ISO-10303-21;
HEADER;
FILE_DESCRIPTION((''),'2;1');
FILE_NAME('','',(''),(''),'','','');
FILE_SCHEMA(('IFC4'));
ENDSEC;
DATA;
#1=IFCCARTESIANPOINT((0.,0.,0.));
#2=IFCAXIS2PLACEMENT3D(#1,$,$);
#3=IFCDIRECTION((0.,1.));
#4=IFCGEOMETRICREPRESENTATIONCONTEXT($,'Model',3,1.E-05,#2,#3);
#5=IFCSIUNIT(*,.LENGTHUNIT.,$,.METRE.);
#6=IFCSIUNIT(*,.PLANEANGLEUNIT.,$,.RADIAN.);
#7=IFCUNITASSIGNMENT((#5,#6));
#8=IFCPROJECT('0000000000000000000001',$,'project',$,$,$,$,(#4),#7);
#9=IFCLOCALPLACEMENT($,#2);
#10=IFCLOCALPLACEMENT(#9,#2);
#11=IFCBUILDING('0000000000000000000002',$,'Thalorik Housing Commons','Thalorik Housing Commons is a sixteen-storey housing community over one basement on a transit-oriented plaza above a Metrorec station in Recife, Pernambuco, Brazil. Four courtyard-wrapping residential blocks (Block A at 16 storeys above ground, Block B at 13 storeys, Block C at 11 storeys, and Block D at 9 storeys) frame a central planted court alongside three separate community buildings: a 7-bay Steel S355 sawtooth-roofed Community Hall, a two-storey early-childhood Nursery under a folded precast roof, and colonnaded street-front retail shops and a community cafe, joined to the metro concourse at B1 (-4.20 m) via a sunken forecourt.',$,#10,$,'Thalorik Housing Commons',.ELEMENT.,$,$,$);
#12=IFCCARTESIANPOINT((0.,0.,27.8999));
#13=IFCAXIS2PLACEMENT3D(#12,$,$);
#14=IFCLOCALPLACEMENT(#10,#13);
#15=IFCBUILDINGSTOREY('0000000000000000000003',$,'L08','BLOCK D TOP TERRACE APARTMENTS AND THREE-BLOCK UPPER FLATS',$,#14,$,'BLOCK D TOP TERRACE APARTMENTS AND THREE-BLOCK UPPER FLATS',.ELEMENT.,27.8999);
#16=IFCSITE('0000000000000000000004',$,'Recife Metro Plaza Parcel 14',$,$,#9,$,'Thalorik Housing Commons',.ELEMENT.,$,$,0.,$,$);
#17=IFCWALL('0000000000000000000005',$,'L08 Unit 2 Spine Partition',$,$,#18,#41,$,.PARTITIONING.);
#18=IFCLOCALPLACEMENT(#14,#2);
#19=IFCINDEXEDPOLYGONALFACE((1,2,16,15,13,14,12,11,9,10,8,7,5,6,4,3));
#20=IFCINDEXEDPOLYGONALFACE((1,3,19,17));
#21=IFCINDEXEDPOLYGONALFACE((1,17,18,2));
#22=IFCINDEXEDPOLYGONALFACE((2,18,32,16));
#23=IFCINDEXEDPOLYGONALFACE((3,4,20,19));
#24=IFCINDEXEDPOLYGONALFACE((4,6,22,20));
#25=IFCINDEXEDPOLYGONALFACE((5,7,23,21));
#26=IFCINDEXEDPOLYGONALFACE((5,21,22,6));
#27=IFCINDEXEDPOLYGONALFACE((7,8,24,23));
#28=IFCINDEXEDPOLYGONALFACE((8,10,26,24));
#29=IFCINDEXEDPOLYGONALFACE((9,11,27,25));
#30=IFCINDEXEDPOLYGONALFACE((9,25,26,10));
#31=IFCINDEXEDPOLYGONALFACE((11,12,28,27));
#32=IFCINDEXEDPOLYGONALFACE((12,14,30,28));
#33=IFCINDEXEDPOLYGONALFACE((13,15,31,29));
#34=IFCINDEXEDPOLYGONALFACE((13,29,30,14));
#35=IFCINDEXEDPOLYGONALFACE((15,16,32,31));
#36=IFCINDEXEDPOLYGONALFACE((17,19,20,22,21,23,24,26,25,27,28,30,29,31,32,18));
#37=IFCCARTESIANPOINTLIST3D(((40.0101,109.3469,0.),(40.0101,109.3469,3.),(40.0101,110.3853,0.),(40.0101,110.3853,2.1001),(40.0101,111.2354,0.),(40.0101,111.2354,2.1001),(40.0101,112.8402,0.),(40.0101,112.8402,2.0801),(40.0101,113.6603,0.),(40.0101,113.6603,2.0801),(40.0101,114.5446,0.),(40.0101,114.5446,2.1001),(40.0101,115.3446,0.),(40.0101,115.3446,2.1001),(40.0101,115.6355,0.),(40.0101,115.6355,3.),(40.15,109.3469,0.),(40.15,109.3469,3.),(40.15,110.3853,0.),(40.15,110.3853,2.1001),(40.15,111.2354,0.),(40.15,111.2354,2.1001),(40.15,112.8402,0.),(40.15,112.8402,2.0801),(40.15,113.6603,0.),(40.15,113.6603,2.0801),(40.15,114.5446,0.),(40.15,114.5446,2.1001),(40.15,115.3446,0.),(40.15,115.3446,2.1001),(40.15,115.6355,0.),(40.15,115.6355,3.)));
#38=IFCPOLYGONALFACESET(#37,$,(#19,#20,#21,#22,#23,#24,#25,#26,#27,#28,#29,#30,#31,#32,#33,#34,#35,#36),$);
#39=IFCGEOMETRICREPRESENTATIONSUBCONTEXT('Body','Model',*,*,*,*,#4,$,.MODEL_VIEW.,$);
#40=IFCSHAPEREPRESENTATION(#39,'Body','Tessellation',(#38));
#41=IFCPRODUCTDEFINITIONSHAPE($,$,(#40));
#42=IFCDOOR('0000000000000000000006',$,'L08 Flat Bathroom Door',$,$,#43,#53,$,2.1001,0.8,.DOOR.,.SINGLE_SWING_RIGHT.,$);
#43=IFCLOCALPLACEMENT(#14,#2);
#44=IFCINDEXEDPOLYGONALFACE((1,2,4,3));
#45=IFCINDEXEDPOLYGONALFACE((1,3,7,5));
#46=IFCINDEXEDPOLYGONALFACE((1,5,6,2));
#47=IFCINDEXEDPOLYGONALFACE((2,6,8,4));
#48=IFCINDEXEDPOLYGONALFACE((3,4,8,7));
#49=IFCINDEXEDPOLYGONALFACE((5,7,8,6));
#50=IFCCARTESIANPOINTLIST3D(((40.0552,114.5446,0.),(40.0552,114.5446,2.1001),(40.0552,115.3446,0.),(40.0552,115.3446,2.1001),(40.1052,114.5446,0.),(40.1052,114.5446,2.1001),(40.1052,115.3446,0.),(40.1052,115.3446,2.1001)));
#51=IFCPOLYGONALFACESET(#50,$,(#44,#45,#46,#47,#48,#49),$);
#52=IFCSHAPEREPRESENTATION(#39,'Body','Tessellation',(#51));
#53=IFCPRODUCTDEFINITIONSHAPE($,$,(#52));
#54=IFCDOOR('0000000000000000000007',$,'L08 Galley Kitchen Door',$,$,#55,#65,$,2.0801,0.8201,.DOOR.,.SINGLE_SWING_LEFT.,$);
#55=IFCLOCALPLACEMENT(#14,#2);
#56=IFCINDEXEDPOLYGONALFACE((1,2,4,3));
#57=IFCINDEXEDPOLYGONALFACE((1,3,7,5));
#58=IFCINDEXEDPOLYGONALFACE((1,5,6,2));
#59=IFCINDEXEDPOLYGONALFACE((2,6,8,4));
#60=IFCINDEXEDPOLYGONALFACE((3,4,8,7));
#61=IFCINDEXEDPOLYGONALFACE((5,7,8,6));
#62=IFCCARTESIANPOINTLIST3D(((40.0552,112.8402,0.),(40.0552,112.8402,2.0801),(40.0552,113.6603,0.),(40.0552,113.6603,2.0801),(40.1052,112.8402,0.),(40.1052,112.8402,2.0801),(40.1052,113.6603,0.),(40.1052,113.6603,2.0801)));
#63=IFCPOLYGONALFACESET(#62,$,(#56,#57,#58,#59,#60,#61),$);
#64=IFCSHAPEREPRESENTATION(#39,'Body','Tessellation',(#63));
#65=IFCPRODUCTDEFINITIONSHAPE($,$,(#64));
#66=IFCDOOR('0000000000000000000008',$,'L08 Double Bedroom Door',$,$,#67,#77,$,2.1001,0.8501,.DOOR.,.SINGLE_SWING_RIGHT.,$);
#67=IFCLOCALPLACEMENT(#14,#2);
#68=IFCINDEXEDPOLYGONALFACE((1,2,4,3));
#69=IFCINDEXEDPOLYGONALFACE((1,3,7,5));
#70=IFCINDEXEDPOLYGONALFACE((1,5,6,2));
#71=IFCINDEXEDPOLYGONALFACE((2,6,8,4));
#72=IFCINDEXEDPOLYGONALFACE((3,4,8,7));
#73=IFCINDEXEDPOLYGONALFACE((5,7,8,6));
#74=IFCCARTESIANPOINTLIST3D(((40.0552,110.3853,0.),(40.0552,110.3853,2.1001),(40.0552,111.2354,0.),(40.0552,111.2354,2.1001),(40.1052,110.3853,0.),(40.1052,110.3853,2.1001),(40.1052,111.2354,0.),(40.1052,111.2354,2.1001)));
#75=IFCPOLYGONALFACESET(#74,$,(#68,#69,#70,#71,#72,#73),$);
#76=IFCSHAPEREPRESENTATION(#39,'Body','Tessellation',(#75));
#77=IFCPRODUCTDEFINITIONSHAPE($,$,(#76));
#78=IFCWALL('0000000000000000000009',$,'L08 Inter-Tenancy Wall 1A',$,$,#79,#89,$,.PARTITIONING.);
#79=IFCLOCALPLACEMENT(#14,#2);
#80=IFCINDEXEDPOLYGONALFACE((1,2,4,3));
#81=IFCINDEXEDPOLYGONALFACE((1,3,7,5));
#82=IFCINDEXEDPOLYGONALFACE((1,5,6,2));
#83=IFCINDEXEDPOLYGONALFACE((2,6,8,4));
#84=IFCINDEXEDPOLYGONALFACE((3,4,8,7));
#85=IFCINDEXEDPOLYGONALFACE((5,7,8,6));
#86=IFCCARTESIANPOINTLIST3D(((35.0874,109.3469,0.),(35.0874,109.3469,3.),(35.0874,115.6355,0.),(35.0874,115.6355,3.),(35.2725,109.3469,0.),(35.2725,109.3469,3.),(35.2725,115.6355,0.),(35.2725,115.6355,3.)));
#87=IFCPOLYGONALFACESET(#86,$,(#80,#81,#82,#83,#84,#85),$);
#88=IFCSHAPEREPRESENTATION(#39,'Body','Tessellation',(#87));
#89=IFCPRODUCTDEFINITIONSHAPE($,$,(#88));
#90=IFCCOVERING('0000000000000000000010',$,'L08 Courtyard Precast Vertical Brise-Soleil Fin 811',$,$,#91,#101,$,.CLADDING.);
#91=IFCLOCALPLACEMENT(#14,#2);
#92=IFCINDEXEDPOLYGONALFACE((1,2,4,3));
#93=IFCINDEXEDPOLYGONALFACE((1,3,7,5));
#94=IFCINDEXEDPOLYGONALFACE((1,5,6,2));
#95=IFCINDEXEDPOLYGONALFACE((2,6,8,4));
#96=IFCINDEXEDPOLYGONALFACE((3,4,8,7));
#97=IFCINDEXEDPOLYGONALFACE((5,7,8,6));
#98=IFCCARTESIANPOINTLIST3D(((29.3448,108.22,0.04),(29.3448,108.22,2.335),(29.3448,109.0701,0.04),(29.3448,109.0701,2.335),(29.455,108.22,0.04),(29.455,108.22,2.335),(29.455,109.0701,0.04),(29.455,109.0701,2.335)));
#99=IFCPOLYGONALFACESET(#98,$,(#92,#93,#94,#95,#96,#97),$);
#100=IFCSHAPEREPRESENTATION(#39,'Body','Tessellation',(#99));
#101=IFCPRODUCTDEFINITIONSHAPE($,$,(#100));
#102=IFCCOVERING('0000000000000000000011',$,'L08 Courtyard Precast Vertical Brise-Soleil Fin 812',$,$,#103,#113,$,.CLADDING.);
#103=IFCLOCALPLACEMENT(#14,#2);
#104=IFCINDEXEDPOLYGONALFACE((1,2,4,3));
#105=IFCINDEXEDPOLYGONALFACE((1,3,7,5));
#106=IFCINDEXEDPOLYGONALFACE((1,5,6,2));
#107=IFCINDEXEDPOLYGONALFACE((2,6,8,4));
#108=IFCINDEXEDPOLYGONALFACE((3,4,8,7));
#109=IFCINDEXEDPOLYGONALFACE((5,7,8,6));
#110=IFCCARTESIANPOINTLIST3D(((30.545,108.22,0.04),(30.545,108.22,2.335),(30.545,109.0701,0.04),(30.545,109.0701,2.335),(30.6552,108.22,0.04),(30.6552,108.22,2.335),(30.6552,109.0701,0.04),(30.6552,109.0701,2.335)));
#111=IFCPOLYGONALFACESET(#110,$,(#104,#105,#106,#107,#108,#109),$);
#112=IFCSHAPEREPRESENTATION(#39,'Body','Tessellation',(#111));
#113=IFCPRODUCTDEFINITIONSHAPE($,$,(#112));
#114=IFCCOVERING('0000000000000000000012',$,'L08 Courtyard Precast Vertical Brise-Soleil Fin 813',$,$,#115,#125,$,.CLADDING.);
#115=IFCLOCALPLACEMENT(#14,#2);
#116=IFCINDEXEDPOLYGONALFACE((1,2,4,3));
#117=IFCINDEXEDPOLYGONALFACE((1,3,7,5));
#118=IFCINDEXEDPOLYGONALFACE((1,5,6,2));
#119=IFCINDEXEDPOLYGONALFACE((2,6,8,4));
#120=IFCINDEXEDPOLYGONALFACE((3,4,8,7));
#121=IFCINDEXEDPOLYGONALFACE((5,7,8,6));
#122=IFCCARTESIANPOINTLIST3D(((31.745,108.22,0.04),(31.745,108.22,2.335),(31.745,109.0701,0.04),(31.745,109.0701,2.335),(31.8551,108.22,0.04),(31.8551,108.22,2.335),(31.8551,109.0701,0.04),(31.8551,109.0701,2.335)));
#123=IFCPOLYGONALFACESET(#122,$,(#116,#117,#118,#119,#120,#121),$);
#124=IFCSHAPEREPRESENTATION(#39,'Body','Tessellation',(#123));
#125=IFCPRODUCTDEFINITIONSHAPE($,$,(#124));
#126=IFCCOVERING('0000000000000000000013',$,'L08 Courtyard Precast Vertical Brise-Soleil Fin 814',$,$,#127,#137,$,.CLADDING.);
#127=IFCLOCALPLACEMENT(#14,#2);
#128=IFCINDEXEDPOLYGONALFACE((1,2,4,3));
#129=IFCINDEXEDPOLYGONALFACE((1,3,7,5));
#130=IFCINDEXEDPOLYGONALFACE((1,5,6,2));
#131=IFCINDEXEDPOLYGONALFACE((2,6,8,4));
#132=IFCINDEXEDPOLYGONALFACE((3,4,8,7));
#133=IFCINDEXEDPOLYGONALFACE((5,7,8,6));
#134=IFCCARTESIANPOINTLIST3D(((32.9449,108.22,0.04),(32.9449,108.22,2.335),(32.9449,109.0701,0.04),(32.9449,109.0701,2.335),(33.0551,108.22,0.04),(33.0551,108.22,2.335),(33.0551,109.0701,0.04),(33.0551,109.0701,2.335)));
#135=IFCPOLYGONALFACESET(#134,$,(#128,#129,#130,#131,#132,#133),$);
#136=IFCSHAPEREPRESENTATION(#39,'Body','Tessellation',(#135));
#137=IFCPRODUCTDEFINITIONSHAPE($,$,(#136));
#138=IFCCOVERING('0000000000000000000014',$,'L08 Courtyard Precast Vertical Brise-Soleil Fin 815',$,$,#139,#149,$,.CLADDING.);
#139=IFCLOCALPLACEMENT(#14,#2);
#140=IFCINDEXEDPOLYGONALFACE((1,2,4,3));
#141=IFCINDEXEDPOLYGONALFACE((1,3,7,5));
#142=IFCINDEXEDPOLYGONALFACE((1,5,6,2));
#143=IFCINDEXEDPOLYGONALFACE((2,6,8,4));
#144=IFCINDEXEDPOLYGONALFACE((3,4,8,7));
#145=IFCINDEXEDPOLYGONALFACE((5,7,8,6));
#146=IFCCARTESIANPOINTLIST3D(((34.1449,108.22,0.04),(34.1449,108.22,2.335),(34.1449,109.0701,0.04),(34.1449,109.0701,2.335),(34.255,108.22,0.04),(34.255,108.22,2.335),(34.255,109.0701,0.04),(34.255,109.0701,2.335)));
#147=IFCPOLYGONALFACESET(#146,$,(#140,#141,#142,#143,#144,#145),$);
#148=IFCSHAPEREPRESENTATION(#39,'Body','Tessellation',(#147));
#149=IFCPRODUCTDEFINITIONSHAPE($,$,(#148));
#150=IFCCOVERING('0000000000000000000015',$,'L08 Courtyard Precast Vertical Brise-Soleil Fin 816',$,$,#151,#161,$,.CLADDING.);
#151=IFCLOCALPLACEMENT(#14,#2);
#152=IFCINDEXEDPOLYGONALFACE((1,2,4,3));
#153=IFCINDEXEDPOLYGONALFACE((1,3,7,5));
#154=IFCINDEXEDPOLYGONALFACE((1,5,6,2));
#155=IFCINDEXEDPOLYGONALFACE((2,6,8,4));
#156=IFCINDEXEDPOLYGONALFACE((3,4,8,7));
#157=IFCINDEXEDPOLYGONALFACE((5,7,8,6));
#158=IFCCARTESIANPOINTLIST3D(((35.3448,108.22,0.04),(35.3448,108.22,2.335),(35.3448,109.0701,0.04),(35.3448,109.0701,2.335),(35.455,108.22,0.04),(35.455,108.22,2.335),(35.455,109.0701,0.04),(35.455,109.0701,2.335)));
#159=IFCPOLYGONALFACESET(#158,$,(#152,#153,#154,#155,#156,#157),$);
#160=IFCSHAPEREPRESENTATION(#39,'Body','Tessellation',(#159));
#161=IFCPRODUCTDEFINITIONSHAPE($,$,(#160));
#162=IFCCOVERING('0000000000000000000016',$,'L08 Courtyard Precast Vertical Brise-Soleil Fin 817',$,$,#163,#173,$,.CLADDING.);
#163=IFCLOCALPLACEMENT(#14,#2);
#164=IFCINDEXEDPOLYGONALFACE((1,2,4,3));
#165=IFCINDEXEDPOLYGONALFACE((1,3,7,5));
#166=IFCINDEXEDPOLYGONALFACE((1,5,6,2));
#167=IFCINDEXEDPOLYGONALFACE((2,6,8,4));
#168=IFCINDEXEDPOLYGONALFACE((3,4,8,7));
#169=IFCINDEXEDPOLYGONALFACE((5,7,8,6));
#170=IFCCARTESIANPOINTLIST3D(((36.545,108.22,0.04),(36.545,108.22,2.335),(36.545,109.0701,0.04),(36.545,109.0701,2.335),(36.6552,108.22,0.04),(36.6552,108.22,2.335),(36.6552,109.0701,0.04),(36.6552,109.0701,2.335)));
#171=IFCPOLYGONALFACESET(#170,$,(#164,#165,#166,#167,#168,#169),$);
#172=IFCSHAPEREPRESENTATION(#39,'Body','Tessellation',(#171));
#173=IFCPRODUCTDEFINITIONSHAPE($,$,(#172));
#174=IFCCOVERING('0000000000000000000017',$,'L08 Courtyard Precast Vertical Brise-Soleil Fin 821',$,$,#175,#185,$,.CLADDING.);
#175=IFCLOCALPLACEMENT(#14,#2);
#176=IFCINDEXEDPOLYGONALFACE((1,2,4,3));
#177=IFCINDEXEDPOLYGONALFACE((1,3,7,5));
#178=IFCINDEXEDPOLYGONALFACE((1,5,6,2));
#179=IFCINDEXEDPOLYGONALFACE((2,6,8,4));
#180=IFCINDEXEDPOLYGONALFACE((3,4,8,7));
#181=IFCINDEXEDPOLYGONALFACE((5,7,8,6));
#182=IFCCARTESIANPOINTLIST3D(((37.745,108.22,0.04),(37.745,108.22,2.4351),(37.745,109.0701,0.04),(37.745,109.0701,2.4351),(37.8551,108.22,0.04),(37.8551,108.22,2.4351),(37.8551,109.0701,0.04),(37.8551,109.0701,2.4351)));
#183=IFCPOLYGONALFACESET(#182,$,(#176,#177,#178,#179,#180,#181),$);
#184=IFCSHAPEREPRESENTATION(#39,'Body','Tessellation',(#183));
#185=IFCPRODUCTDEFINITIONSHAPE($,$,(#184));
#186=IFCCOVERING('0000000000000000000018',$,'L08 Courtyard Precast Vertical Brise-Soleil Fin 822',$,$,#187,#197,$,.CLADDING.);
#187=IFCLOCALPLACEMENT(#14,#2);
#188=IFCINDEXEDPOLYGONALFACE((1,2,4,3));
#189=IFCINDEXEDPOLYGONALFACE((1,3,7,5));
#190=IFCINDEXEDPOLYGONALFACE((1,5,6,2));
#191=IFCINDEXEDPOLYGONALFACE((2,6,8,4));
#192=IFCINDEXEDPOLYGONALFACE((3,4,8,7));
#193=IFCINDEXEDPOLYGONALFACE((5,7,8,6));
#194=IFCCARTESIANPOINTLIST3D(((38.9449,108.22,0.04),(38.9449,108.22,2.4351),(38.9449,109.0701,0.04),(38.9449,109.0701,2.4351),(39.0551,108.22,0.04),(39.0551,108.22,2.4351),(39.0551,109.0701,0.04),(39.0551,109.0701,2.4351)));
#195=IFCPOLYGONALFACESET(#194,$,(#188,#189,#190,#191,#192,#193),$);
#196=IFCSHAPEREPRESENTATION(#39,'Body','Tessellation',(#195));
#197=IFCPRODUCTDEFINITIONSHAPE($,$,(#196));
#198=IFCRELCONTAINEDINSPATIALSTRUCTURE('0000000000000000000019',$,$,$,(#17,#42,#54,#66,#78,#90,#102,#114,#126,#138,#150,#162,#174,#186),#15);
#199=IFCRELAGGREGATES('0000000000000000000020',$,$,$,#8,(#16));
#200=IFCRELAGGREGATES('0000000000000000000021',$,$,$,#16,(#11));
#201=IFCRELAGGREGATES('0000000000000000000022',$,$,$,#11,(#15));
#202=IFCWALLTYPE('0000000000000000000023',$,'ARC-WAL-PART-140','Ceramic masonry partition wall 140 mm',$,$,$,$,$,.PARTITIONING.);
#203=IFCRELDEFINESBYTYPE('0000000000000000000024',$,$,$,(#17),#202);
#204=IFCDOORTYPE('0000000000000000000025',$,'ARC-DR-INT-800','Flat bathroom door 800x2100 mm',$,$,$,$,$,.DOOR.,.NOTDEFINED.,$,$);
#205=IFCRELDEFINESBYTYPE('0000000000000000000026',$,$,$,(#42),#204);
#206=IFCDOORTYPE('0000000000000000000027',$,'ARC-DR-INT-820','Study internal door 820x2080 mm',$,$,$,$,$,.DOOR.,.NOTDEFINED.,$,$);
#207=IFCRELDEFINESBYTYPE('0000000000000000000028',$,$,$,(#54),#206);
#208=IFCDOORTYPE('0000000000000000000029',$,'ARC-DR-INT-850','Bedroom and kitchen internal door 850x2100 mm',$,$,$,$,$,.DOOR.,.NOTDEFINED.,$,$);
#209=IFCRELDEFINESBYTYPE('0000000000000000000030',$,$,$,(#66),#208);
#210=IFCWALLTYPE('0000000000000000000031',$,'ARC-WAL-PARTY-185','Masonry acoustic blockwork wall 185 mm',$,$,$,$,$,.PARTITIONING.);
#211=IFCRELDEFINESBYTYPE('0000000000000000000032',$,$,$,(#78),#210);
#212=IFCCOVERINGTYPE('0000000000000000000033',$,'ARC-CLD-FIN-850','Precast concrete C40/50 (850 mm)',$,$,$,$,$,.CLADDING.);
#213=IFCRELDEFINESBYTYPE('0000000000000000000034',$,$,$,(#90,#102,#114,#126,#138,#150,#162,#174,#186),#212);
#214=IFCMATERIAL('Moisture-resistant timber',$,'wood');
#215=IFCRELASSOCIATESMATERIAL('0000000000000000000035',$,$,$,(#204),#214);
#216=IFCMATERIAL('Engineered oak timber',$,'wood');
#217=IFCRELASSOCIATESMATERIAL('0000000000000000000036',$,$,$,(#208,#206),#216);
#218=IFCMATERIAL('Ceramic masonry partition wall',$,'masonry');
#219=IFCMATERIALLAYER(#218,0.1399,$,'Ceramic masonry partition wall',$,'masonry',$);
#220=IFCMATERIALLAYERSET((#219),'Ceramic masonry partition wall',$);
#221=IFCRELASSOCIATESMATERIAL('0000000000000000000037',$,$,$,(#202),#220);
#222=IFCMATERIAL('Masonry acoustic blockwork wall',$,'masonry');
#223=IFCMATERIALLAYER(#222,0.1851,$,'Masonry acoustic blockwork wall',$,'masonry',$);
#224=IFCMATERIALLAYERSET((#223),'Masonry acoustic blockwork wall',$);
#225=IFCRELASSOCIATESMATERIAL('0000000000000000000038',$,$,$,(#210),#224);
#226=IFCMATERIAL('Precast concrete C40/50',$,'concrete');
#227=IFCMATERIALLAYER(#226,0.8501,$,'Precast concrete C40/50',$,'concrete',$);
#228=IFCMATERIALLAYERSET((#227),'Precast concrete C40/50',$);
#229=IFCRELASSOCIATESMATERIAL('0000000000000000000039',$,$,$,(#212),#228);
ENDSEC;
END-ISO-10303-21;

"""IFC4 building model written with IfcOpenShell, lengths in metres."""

from ifc_helpers import new_model, si_unit, direction, frame, frame_2d, origin, origin_2d, place, context, subcontext, project, spatial, rectangle, extrude, material, layer, layer_set, type_object, element, fill, save


model = new_model("IFC4")

# Units and contexts
model_context = context("Model", 3, precision=1e-05, world=origin(), true_north=direction((0.0, 1.0)))
body_context = subcontext(model_context, "Body", "Model", "MODEL_VIEW")
ifc_project = project(units=[si_unit("LENGTHUNIT", "METRE"), si_unit("PLANEANGLEUNIT", "RADIAN")], contexts=[model_context])

# Site, building, storey
site_placement = place(None, origin())
site = spatial("IfcSite", under=ifc_project, at=site_placement, Name="Recife Metro Plaza Parcel 14", LongName="Thalorik Housing Commons", CompositionType="ELEMENT", RefElevation=0.0)
building_placement = place(site_placement, origin())
building = spatial("IfcBuilding", under=site, at=building_placement, Name="Thalorik Housing Commons", Description="Thalorik Housing Commons is a sixteen-storey housing community over one basement on a transit-oriented plaza above a Metrorec station in Recife, Pernambuco, Brazil. Four courtyard-wrapping residential blocks (Block A at 16 storeys above ground, Block B at 13 storeys, Block C at 11 storeys, and Block D at 9 storeys) frame a central planted court alongside three separate community buildings: a 7-bay Steel S355 sawtooth-roofed Community Hall, a two-storey early-childhood Nursery under a folded precast roof, and colonnaded street-front retail shops and a community cafe, joined to the metro concourse at B1 (-4.20 m) via a sunken forecourt.", LongName="Thalorik Housing Commons", CompositionType="ELEMENT")
storey_placement = place(building_placement, frame((0.0, 0.0, 27.8999)))
storey = spatial("IfcBuildingStorey", under=building, at=storey_placement, Name="L08", Description="BLOCK D TOP TERRACE APARTMENTS AND THREE-BLOCK UPPER FLATS", LongName="BLOCK D TOP TERRACE APARTMENTS AND THREE-BLOCK UPPER FLATS", CompositionType="ELEMENT", Elevation=27.8999)

# Shared definitions
ifc_material_1 = material(Name="Precast concrete C40/50", Category="concrete")

# Wall, openings, doors
ifc_material_2 = material(Name="Moisture-resistant timber", Category="wood")
door_type_1 = type_object("IfcDoorType", Name="ARC-DR-INT-800", Description="Flat bathroom door 800x2100 mm", OperationType="NOTDEFINED", PredefinedType="DOOR", material=ifc_material_2)
ifc_material_3 = material(Name="Engineered oak timber", Category="wood")
door_type_2 = type_object("IfcDoorType", Name="ARC-DR-INT-850", Description="Bedroom and kitchen internal door 850x2100 mm", OperationType="NOTDEFINED", PredefinedType="DOOR", material=ifc_material_3)
ifc_material_4 = material(Name="Ceramic masonry partition wall", Category="masonry")
ifc_layer_1 = layer(ifc_material_4, 0.1399, Name="Ceramic masonry partition wall", Category="masonry")
ifc_layer_set_1 = layer_set([ifc_layer_1], Name="Ceramic masonry partition wall")
wall_type_1 = type_object("IfcWallType", Name="ARC-WAL-PART-140", Description="Ceramic masonry partition wall 140 mm", PredefinedType="PARTITIONING", material=ifc_layer_set_1)
wall_1_placement = place(storey_placement, frame((40.0801, 109.3469, 0.0), z_axis=(0.0, 0.0, 1.0), x_axis=(0.0, 1.0, 0.0)))
wall_1 = element("IfcWall", 1, at=wall_1_placement, inside=storey, type_object=wall_type_1, Name="L08 Unit 2 Spine Partition", PredefinedType="PARTITIONING", context=body_context, shape_type="SweptSolid", body=[
    extrude(rectangle(XDim=6.2886, YDim=0.1399, at=frame_2d((3.1443, 0.0))), origin(), (0.0, 0.0, 1.0), 3.0),
])
opening_1_placement = place(wall_1_placement, frame((1.0383, 0.0, 0.0)))
opening_1 = element("IfcOpeningElement", 2, at=opening_1_placement, cuts=wall_1, PredefinedType="OPENING", context=body_context, shape_type="SweptSolid", body=[
    extrude(rectangle(XDim=0.8501, YDim=2.1001, at=frame_2d((0.425, 1.05))), frame((0.0, 0.0801, 0.0), z_axis=(0.0, -1.0, 0.0), x_axis=(1.0, 0.0, 0.0)), (0.0, 0.0, 1.0), 0.1599),
])
opening_2_placement = place(wall_1_placement, frame((3.4932, 0.0, 0.0)))
opening_2 = element("IfcOpeningElement", 3, at=opening_2_placement, cuts=wall_1, PredefinedType="OPENING", context=body_context, shape_type="SweptSolid", body=[
    extrude(rectangle(XDim=0.8201, YDim=2.0801, at=frame_2d((0.4102, 1.04))), frame((0.0, 0.0801, 0.0), z_axis=(0.0, -1.0, 0.0), x_axis=(1.0, 0.0, 0.0)), (0.0, 0.0, 1.0), 0.1599),
])
opening_3_placement = place(wall_1_placement, frame((5.1978, 0.0, 0.0)))
opening_3 = element("IfcOpeningElement", 4, at=opening_3_placement, cuts=wall_1, PredefinedType="OPENING", context=body_context, shape_type="SweptSolid", body=[
    extrude(rectangle(XDim=0.8, YDim=2.1001, at=frame_2d((0.3999, 1.05))), frame((0.0, 0.0801, 0.0), z_axis=(0.0, -1.0, 0.0), x_axis=(1.0, 0.0, 0.0)), (0.0, 0.0, 1.0), 0.1599),
])
door_1_placement = place(opening_3_placement, origin())
door_1 = element("IfcDoor", 5, at=door_1_placement, inside=storey, type_object=door_type_1, Name="L08 Flat Bathroom Door", OperationType="SINGLE_SWING_RIGHT", OverallHeight=2.1001, OverallWidth=0.8, PredefinedType="DOOR", context=body_context, shape_type="SweptSolid", body=[
    extrude(rectangle(XDim=0.8, YDim=2.1001, at=frame_2d((0.3999, 1.05))), frame((0.0, 0.0249, 0.0), z_axis=(0.0, -1.0, 0.0), x_axis=(1.0, 0.0, 0.0)), (0.0, 0.0, 1.0), 0.05),
])
fill(opening_3, door_1)
door_type_3 = type_object("IfcDoorType", Name="ARC-DR-INT-820", Description="Study internal door 820x2080 mm", OperationType="NOTDEFINED", PredefinedType="DOOR", material=ifc_material_3)
door_2_placement = place(opening_2_placement, origin())
door_2 = element("IfcDoor", 6, at=door_2_placement, inside=storey, type_object=door_type_3, Name="L08 Galley Kitchen Door", OperationType="SINGLE_SWING_LEFT", OverallHeight=2.0801, OverallWidth=0.8201, PredefinedType="DOOR", context=body_context, shape_type="SweptSolid", body=[
    extrude(rectangle(XDim=0.8201, YDim=2.0801, at=frame_2d((0.4102, 1.04))), frame((0.0, 0.0249, 0.0), z_axis=(0.0, -1.0, 0.0), x_axis=(1.0, 0.0, 0.0)), (0.0, 0.0, 1.0), 0.05),
])
fill(opening_2, door_2)
door_3_placement = place(opening_1_placement, origin())
door_3 = element("IfcDoor", 7, at=door_3_placement, inside=storey, type_object=door_type_2, Name="L08 Double Bedroom Door", OperationType="SINGLE_SWING_RIGHT", OverallHeight=2.1001, OverallWidth=0.8501, PredefinedType="DOOR", context=body_context, shape_type="SweptSolid", body=[
    extrude(rectangle(XDim=0.8501, YDim=2.1001, at=frame_2d((0.425, 1.05))), frame((0.0, 0.0249, 0.0), z_axis=(0.0, -1.0, 0.0), x_axis=(1.0, 0.0, 0.0)), (0.0, 0.0, 1.0), 0.05),
])
fill(opening_1, door_3)

# Wall
ifc_material_5 = material(Name="Masonry acoustic blockwork wall", Category="masonry")
ifc_layer_2 = layer(ifc_material_5, 0.1851, Name="Masonry acoustic blockwork wall", Category="masonry")
ifc_layer_set_2 = layer_set([ifc_layer_2], Name="Masonry acoustic blockwork wall")
wall_type_2 = type_object("IfcWallType", Name="ARC-WAL-PARTY-185", Description="Masonry acoustic blockwork wall 185 mm", PredefinedType="PARTITIONING", material=ifc_layer_set_2)
wall_2_placement = place(storey_placement, frame((35.1799, 109.3469, 0.0), z_axis=(0.0, 0.0, 1.0), x_axis=(0.0, 1.0, 0.0)))
element("IfcWall", 8, at=wall_2_placement, inside=storey, type_object=wall_type_2, Name="L08 Inter-Tenancy Wall 1A", PredefinedType="PARTITIONING", context=body_context, shape_type="SweptSolid", body=[
    extrude(rectangle(XDim=6.2886, YDim=0.1851, at=frame_2d((3.1443, 0.0))), origin(), (0.0, 0.0, 1.0), 3.0),
])

# Coverings
ifc_layer_3 = layer(ifc_material_1, 0.8501, Name="Precast concrete C40/50", Category="concrete")
ifc_layer_set_3 = layer_set([ifc_layer_3], Name="Precast concrete C40/50")
covering_type_1 = type_object("IfcCoveringType", Name="ARC-CLD-FIN-850", Description="Precast concrete C40/50 (850 mm)", PredefinedType="CLADDING", material=ifc_layer_set_3)
for number, where, z_axis, x_axis, name in (
    (9, (29.3999, 108.645, 0.04), (0.0, 0.0, 1.0), (1.0, 0.0, 0.0), "L08 Courtyard Precast Vertical Brise-Soleil Fin 811"),
    (10, (30.6001, 108.645, 0.04), (0.0, 0.0, 1.0), (1.0, 0.0, 0.0), "L08 Courtyard Precast Vertical Brise-Soleil Fin 812"),
    (11, (31.8, 108.645, 0.04), (0.0, 0.0, 1.0), (1.0, 0.0, 0.0), "L08 Courtyard Precast Vertical Brise-Soleil Fin 813"),
    (12, (33.0, 108.645, 0.04), (0.0, 0.0, 1.0), (1.0, 0.0, 0.0), "L08 Courtyard Precast Vertical Brise-Soleil Fin 814"),
    (13, (34.2, 108.645, 0.04), (0.0, 0.0, 1.0), (1.0, 0.0, 0.0), "L08 Courtyard Precast Vertical Brise-Soleil Fin 815"),
    (14, (35.3999, 108.645, 0.04), (0.0, 0.0, 1.0), (1.0, 0.0, 0.0), "L08 Courtyard Precast Vertical Brise-Soleil Fin 816"),
    (15, (36.6001, 108.645, 0.04), (0.0, 0.0, 1.0), (1.0, 0.0, 0.0), "L08 Courtyard Precast Vertical Brise-Soleil Fin 817"),
):
    element("IfcCovering", number, at=place(storey_placement, frame(where, z_axis=z_axis, x_axis=x_axis)), inside=storey, type_object=covering_type_1, Name=name, PredefinedType="CLADDING", context=body_context, shape_type="SweptSolid", body=[
        extrude(rectangle(XDim=0.1101, YDim=0.8501, at=origin_2d()), origin(), (0.0, 0.0, 1.0), 2.2949),
    ])
for number, where, z_axis, x_axis, name in (
    (16, (37.8, 108.645, 0.04), (0.0, 0.0, 1.0), (1.0, 0.0, 0.0), "L08 Courtyard Precast Vertical Brise-Soleil Fin 821"),
    (17, (39.0, 108.645, 0.04), (0.0, 0.0, 1.0), (1.0, 0.0, 0.0), "L08 Courtyard Precast Vertical Brise-Soleil Fin 822"),
):
    element("IfcCovering", number, at=place(storey_placement, frame(where, z_axis=z_axis, x_axis=x_axis)), inside=storey, type_object=covering_type_1, Name=name, PredefinedType="CLADDING", context=body_context, shape_type="SweptSolid", body=[
        extrude(rectangle(XDim=0.1101, YDim=0.8501, at=origin_2d()), origin(), (0.0, 0.0, 1.0), 2.395),
    ])

save(model, "model.ifc")
